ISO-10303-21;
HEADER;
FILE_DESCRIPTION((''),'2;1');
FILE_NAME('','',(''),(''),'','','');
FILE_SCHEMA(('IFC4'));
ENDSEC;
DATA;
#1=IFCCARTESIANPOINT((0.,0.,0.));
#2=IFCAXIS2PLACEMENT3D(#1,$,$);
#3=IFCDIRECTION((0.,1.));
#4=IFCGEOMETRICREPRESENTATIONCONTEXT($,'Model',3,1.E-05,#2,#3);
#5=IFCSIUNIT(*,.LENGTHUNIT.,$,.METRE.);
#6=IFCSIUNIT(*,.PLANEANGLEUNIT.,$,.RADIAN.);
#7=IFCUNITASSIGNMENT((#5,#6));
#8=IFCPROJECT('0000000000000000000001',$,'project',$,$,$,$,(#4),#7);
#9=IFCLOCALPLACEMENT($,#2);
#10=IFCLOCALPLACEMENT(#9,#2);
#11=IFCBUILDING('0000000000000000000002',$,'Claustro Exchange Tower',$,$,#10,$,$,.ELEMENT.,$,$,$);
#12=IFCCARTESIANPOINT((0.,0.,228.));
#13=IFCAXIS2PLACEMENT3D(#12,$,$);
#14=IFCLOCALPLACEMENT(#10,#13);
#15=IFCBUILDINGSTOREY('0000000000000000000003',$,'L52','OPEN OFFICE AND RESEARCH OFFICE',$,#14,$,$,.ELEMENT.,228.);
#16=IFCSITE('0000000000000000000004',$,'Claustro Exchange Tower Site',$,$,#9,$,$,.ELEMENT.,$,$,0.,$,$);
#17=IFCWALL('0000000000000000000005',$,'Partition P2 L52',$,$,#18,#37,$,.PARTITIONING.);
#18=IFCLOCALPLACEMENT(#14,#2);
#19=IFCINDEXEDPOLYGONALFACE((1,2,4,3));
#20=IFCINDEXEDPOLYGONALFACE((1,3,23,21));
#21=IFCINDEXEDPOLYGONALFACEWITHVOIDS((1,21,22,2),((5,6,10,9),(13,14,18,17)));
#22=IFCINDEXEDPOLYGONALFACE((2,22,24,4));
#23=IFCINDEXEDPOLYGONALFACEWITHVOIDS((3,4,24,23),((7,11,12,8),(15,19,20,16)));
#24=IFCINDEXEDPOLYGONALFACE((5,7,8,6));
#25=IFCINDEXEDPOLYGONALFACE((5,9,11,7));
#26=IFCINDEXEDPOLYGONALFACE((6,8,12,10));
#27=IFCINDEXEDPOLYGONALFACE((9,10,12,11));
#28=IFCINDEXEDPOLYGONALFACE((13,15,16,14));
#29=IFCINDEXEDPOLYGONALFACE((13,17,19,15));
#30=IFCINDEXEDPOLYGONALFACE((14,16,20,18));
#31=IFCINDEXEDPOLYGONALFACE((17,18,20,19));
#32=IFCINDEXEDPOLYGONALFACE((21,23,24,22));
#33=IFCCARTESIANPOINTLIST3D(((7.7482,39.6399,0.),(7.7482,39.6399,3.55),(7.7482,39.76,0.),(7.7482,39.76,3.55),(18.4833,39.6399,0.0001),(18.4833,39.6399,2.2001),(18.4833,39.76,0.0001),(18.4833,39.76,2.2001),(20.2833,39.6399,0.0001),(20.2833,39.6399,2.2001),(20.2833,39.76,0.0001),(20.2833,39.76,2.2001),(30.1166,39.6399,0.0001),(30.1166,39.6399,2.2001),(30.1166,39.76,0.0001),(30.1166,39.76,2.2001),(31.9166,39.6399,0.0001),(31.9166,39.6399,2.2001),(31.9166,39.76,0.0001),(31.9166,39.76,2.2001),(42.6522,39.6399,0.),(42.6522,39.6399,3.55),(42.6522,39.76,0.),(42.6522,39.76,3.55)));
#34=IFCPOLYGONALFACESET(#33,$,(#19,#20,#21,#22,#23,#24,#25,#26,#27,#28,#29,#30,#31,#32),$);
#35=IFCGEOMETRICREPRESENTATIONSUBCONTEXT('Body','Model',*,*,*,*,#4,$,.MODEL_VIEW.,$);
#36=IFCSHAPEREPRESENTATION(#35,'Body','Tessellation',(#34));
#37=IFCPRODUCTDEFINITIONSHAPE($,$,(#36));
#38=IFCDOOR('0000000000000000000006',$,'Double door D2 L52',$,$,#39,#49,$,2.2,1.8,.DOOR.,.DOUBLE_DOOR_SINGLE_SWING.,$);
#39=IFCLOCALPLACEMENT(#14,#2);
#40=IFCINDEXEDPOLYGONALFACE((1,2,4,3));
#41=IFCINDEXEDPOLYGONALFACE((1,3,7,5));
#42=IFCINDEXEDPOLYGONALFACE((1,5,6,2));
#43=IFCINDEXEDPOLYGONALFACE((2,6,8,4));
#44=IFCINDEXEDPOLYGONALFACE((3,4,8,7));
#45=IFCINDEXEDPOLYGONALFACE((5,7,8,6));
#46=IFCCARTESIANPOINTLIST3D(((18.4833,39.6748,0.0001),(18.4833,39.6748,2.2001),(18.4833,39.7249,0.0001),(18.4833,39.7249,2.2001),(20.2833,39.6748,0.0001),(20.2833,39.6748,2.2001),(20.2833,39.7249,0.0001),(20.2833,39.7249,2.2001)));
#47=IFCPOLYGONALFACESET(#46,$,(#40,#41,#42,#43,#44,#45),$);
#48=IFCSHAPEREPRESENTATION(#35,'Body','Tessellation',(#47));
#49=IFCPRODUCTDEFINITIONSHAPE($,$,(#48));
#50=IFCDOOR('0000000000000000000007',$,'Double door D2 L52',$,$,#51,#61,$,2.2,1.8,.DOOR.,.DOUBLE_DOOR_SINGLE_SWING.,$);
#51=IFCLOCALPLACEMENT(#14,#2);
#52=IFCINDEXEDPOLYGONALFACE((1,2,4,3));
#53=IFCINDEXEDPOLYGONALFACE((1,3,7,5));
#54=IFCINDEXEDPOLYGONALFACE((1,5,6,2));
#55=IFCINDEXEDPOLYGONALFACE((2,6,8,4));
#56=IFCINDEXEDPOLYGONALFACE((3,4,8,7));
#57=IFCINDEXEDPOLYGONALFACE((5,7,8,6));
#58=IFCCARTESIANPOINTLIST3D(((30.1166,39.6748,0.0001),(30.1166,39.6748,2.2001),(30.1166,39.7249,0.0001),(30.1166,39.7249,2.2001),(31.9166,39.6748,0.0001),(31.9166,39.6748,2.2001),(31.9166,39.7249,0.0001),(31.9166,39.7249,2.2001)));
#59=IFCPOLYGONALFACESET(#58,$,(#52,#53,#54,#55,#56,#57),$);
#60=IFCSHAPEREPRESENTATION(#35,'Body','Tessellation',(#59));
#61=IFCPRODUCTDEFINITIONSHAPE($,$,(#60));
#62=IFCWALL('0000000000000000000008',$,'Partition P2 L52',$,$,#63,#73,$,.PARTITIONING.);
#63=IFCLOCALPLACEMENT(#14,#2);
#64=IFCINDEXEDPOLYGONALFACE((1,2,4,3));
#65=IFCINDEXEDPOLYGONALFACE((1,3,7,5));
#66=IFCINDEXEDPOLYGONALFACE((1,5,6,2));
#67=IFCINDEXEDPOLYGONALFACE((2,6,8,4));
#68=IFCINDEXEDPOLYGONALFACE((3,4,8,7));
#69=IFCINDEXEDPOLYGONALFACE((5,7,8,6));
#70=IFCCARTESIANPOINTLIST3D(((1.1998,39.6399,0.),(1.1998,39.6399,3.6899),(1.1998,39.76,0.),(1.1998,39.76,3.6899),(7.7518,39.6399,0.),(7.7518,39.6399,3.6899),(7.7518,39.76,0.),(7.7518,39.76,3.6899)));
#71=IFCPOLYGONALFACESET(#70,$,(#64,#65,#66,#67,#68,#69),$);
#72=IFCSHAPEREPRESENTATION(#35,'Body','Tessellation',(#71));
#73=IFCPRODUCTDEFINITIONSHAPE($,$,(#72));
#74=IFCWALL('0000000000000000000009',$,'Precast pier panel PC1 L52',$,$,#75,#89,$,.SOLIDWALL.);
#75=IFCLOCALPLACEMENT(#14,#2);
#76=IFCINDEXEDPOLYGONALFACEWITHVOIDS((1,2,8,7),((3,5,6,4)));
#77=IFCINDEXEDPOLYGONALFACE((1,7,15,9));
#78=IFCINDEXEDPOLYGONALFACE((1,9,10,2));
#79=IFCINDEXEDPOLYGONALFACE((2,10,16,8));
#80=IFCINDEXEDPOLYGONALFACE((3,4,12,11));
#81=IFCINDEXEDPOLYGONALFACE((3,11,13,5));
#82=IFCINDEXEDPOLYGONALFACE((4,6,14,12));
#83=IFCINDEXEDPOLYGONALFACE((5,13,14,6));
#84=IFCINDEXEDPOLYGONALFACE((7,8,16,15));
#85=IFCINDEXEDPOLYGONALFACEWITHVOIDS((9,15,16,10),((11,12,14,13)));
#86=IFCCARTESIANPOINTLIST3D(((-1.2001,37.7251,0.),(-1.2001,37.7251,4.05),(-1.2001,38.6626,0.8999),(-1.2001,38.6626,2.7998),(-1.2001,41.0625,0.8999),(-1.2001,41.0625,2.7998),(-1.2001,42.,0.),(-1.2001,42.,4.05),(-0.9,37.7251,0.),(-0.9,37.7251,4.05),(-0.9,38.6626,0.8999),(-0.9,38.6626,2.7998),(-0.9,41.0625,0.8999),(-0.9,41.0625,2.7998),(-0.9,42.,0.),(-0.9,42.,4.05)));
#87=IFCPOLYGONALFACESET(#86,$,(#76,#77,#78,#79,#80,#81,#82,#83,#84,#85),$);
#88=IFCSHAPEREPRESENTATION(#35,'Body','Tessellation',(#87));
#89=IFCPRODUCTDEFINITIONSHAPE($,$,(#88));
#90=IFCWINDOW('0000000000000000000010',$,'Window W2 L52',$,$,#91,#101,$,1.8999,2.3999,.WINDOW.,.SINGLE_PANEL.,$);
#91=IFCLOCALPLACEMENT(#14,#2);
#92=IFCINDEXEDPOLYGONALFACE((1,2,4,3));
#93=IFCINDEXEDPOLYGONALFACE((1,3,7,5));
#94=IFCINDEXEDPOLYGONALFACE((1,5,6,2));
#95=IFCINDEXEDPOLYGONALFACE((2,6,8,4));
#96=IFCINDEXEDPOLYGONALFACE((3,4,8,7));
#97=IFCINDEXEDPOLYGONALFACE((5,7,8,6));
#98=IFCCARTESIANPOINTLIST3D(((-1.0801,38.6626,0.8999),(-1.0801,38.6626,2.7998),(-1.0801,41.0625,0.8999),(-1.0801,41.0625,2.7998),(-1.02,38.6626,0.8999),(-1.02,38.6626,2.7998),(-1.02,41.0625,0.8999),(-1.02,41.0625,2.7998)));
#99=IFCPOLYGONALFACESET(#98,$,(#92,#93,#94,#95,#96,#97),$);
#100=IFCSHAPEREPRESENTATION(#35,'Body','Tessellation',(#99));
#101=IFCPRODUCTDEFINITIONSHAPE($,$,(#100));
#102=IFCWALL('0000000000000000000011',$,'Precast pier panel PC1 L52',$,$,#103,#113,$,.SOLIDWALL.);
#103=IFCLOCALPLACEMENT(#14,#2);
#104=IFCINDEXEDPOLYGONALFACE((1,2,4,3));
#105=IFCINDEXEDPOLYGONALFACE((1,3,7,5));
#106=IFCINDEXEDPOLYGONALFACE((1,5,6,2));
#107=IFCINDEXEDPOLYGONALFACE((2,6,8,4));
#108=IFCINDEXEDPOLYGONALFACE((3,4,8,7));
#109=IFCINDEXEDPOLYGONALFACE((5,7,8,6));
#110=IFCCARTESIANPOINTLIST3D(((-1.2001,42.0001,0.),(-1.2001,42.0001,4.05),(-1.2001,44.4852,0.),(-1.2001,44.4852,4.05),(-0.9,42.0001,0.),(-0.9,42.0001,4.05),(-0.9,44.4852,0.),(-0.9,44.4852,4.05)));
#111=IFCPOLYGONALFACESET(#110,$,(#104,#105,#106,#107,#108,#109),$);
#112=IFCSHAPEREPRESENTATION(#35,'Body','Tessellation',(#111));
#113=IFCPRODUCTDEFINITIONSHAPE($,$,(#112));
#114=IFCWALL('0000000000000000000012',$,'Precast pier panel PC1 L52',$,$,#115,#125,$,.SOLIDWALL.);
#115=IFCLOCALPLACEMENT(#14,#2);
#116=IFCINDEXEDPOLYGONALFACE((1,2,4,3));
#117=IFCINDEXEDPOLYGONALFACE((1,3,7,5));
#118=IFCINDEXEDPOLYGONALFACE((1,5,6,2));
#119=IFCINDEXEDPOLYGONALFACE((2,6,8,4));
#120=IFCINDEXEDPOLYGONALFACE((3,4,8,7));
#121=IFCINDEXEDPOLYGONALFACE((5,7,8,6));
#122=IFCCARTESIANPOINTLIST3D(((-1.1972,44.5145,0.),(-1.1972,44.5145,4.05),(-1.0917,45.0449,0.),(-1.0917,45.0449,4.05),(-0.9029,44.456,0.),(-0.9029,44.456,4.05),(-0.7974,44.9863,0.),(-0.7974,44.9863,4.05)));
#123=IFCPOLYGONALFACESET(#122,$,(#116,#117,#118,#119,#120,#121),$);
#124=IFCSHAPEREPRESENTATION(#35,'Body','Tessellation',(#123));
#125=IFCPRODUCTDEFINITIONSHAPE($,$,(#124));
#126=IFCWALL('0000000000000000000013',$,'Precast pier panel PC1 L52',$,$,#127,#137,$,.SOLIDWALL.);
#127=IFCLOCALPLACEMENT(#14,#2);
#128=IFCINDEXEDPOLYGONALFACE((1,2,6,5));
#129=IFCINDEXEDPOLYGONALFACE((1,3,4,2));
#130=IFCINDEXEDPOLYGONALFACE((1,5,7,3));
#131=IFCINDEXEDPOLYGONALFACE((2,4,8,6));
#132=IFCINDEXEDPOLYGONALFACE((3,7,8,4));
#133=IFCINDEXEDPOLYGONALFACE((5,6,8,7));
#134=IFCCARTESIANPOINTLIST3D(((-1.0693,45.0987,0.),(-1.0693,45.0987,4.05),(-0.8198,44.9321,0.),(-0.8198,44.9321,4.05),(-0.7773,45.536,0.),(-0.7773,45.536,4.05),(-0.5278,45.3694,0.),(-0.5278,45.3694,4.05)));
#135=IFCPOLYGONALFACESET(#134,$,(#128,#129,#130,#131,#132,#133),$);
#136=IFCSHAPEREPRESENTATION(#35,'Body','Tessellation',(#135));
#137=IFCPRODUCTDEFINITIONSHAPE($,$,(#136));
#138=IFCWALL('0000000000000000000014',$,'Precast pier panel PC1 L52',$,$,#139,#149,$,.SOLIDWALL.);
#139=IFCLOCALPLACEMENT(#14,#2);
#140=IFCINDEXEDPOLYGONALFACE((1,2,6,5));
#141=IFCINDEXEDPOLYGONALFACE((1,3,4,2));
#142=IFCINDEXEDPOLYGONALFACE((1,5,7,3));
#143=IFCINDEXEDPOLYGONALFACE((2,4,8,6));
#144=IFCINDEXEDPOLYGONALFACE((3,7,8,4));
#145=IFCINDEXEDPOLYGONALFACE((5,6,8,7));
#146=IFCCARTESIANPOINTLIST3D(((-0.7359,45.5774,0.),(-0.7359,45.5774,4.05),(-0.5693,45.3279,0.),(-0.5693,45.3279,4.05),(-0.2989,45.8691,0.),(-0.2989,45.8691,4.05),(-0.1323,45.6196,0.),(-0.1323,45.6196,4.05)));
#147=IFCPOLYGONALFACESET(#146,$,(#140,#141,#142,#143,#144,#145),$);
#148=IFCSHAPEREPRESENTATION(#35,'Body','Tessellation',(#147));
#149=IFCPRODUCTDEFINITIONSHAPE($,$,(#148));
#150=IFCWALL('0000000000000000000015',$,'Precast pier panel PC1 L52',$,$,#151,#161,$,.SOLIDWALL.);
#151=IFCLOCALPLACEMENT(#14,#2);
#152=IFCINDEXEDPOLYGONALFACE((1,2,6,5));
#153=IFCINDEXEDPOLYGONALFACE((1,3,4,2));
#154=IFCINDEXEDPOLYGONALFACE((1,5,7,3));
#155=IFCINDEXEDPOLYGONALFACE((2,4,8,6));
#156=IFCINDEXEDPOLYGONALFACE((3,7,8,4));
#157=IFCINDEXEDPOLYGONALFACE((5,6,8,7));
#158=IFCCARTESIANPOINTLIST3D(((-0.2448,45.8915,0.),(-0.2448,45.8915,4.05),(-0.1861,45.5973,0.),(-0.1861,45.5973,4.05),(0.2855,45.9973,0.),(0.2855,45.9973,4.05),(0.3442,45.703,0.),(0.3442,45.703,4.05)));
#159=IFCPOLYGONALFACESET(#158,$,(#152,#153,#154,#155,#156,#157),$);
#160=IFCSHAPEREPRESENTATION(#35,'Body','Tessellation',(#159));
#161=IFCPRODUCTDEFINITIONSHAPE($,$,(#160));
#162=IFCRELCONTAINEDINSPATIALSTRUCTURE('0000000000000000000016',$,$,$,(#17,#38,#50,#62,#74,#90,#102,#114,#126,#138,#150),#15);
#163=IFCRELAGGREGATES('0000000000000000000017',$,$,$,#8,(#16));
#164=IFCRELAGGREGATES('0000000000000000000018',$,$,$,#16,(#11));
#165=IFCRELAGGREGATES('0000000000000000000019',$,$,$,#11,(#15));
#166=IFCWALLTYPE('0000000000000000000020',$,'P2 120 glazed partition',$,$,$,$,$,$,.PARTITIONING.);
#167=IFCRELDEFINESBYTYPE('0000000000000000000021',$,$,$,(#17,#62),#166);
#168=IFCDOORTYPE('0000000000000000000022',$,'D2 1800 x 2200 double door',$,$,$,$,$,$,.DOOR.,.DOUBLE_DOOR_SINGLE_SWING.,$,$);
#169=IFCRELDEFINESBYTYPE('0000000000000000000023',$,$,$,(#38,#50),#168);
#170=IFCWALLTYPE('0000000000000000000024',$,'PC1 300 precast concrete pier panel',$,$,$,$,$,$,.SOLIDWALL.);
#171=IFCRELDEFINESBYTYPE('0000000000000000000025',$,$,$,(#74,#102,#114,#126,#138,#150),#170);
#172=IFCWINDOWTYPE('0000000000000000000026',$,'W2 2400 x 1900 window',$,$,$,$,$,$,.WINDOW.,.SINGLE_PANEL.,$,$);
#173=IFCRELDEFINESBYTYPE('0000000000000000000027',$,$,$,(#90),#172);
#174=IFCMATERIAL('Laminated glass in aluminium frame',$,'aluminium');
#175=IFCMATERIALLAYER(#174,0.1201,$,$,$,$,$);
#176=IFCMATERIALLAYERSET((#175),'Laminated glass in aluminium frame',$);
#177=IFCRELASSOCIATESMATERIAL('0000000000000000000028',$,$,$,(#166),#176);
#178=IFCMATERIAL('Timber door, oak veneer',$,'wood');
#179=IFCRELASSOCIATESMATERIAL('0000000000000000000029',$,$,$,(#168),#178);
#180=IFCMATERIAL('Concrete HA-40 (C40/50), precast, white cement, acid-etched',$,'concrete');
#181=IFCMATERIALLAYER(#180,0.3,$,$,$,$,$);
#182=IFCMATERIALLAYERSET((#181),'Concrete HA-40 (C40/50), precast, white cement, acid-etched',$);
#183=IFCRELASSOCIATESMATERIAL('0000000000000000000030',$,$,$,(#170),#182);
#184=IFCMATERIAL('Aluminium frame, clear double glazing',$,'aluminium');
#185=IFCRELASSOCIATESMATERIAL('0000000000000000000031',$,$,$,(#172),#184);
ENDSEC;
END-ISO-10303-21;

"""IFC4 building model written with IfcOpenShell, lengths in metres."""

from ifc_helpers import new_model, si_unit, direction, frame, frame_2d, origin, place, context, subcontext, project, spatial, rectangle, extrude, material, layer, layer_set, type_object, element, fill, save


model = new_model("IFC4")

# Units and contexts
model_context = context("Model", 3, precision=1e-05, world=origin(), true_north=direction((0.0, 1.0)))
body_context = subcontext(model_context, "Body", "Model", "MODEL_VIEW")
ifc_project = project(units=[si_unit("LENGTHUNIT", "METRE"), si_unit("PLANEANGLEUNIT", "RADIAN")], contexts=[model_context])

# Site, building, storey
site_placement = place(None, origin())
site = spatial("IfcSite", under=ifc_project, at=site_placement, Name="Claustro Exchange Tower Site", CompositionType="ELEMENT", RefElevation=0.0)
building_placement = place(site_placement, origin())
building = spatial("IfcBuilding", under=site, at=building_placement, Name="Claustro Exchange Tower", CompositionType="ELEMENT")
storey_placement = place(building_placement, frame((0.0, 0.0, 228.0)))
storey = spatial("IfcBuildingStorey", under=building, at=storey_placement, Name="L52", Description="OPEN OFFICE AND RESEARCH OFFICE", CompositionType="ELEMENT", Elevation=228.0)

# Wall, openings, doors
ifc_material_1 = material(Name="Laminated glass in aluminium frame", Category="aluminium")
ifc_layer_1 = layer(ifc_material_1, 0.1201)
ifc_layer_set_1 = layer_set([ifc_layer_1], Name="Laminated glass in aluminium frame")
wall_type_1 = type_object("IfcWallType", Name="P2 120 glazed partition", PredefinedType="PARTITIONING", material=ifc_layer_set_1)
wall_1_placement = place(storey_placement, frame((7.748, 39.7, 0.0), z_axis=(0.0, 0.0, 1.0), x_axis=(1.0, 0.0, 0.0)))
wall_1 = element("IfcWall", 1, at=wall_1_placement, inside=storey, type_object=wall_type_1, Name="Partition P2 L52", PredefinedType="PARTITIONING", context=body_context, shape_type="SweptSolid", body=[
    extrude(rectangle(XDim=34.9041, YDim=0.1201, at=frame_2d((17.4521, 0.0))), origin(), (0.0, 0.0, 1.0), 3.55),
])
opening_1_placement = place(wall_1_placement, frame((10.7354, 0.0, 0.0)))
opening_1 = element("IfcOpeningElement", 2, at=opening_1_placement, cuts=wall_1, PredefinedType="OPENING", context=body_context, shape_type="SweptSolid", body=[
    extrude(rectangle(XDim=1.8, YDim=2.2, at=frame_2d((0.8999, 1.1001))), frame((0.0, 0.0701, 0.0), z_axis=(0.0, -1.0, 0.0), x_axis=(1.0, 0.0, 0.0)), (0.0, 0.0, 1.0), 0.1401),
])
opening_2_placement = place(wall_1_placement, frame((22.3687, 0.0, 0.0)))
opening_2 = element("IfcOpeningElement", 3, at=opening_2_placement, cuts=wall_1, PredefinedType="OPENING", context=body_context, shape_type="SweptSolid", body=[
    extrude(rectangle(XDim=1.8, YDim=2.2, at=frame_2d((0.8999, 1.1001))), frame((0.0, 0.0701, 0.0), z_axis=(0.0, -1.0, 0.0), x_axis=(1.0, 0.0, 0.0)), (0.0, 0.0, 1.0), 0.1401),
])
ifc_material_2 = material(Name="Timber door, oak veneer", Category="wood")
door_type_1 = type_object("IfcDoorType", Name="D2 1800 x 2200 double door", OperationType="DOUBLE_DOOR_SINGLE_SWING", PredefinedType="DOOR", material=ifc_material_2)
door_1_placement = place(opening_1_placement, origin())
door_1 = element("IfcDoor", 4, at=door_1_placement, inside=storey, type_object=door_type_1, Name="Double door D2 L52", OperationType="DOUBLE_DOOR_SINGLE_SWING", OverallHeight=2.2, OverallWidth=1.8, PredefinedType="DOOR", context=body_context, shape_type="SweptSolid", body=[
    extrude(rectangle(XDim=1.8, YDim=2.2, at=frame_2d((0.8999, 1.1001))), frame((0.0, 0.0249, 0.0), z_axis=(0.0, -1.0, 0.0), x_axis=(1.0, 0.0, 0.0)), (0.0, 0.0, 1.0), 0.05),
])
fill(opening_1, door_1)
door_2_placement = place(opening_2_placement, origin())
door_2 = element("IfcDoor", 5, at=door_2_placement, inside=storey, type_object=door_type_1, Name="Double door D2 L52", OperationType="DOUBLE_DOOR_SINGLE_SWING", OverallHeight=2.2, OverallWidth=1.8, PredefinedType="DOOR", context=body_context, shape_type="SweptSolid", body=[
    extrude(rectangle(XDim=1.8, YDim=2.2, at=frame_2d((0.8999, 1.1001))), frame((0.0, 0.0249, 0.0), z_axis=(0.0, -1.0, 0.0), x_axis=(1.0, 0.0, 0.0)), (0.0, 0.0, 1.0), 0.05),
])
fill(opening_2, door_2)

# Wall
wall_2_placement = place(storey_placement, frame((1.2, 39.7, 0.0), z_axis=(0.0, 0.0, 1.0), x_axis=(1.0, 0.0, 0.0)))
element("IfcWall", 6, at=wall_2_placement, inside=storey, type_object=wall_type_1, Name="Partition P2 L52", PredefinedType="PARTITIONING", context=body_context, shape_type="SweptSolid", body=[
    extrude(rectangle(XDim=6.552, YDim=0.1201, at=frame_2d((3.2759, 0.0))), origin(), (0.0, 0.0, 1.0), 3.6899),
])

# Wall, opening, window
ifc_material_3 = material(Name="Concrete HA-40 (C40/50), precast, white cement, acid-etched", Category="concrete")
ifc_layer_2 = layer(ifc_material_3, 0.3)
ifc_layer_set_2 = layer_set([ifc_layer_2], Name="Concrete HA-40 (C40/50), precast, white cement, acid-etched")
wall_type_2 = type_object("IfcWallType", Name="PC1 300 precast concrete pier panel", PredefinedType="SOLIDWALL", material=ifc_layer_set_2)
wall_3_placement = place(storey_placement, frame((-1.05, 37.7251, 0.0), z_axis=(0.0, 0.0, 1.0), x_axis=(0.0, 1.0, 0.0)))
wall_3 = element("IfcWall", 7, at=wall_3_placement, inside=storey, type_object=wall_type_2, Name="Precast pier panel PC1 L52", PredefinedType="SOLIDWALL", context=body_context, shape_type="SweptSolid", body=[
    extrude(rectangle(XDim=4.2749, YDim=0.3, at=frame_2d((2.1375, 0.0))), origin(), (0.0, 0.0, 1.0), 4.05),
])
opening_3_placement = place(wall_3_placement, frame((0.9375, 0.0, 0.8999)))
opening_3 = element("IfcOpeningElement", 8, at=opening_3_placement, cuts=wall_3, PredefinedType="OPENING", context=body_context, shape_type="SweptSolid", body=[
    extrude(rectangle(XDim=2.3999, YDim=1.8999, at=frame_2d((1.2, 0.95))), frame((0.0, 0.1599, 0.0), z_axis=(0.0, -1.0, 0.0), x_axis=(1.0, 0.0, 0.0)), (0.0, 0.0, 1.0), 0.3201),
])
ifc_material_4 = material(Name="Aluminium frame, clear double glazing", Category="aluminium")
window_type_1 = type_object("IfcWindowType", Name="W2 2400 x 1900 window", PartitioningType="SINGLE_PANEL", PredefinedType="WINDOW", material=ifc_material_4)
window_1_placement = place(opening_3_placement, origin())
window_1 = element("IfcWindow", 9, at=window_1_placement, inside=storey, type_object=window_type_1, Name="Window W2 L52", OverallHeight=1.8999, OverallWidth=2.3999, PartitioningType="SINGLE_PANEL", PredefinedType="WINDOW", context=body_context, shape_type="SweptSolid", body=[
    extrude(rectangle(XDim=2.3999, YDim=1.8999, at=frame_2d((1.2, 0.95))), frame((0.0, 0.03, 0.0), z_axis=(0.0, -1.0, 0.0), x_axis=(1.0, 0.0, 0.0)), (0.0, 0.0, 1.0), 0.0601),
])
fill(opening_3, window_1)

# Walls
wall_4_placement = place(storey_placement, frame((-1.05, 42.0, 0.0), z_axis=(0.0, 0.0, 1.0), x_axis=(0.0, 1.0, 0.0)))
element("IfcWall", 10, at=wall_4_placement, inside=storey, type_object=wall_type_2, Name="Precast pier panel PC1 L52", PredefinedType="SOLIDWALL", context=body_context, shape_type="SweptSolid", body=[
    extrude(rectangle(XDim=2.4851, YDim=0.3, at=frame_2d((1.2427, 0.0))), origin(), (0.0, 0.0, 1.0), 4.05),
])
wall_5_placement = place(storey_placement, frame((-1.05, 44.4851, 0.0), z_axis=(0.0, 0.0, 1.0), x_axis=(0.195074, 0.980789, 0.0)))
element("IfcWall", 11, at=wall_5_placement, inside=storey, type_object=wall_type_2, Name="Precast pier panel PC1 L52", PredefinedType="SOLIDWALL", context=body_context, shape_type="SweptSolid", body=[
    extrude(rectangle(XDim=0.5408, YDim=0.3, at=frame_2d((0.2705, 0.0))), origin(), (0.0, 0.0, 1.0), 4.05),
])
wall_6_placement = place(storey_placement, frame((-0.9446, 45.0154, 0.0), z_axis=(0.0, 0.0, 1.0), x_axis=(0.555343, 0.831621, 0.0)))
element("IfcWall", 12, at=wall_6_placement, inside=storey, type_object=wall_type_2, Name="Precast pier panel PC1 L52", PredefinedType="SOLIDWALL", context=body_context, shape_type="SweptSolid", body=[
    extrude(rectangle(XDim=0.5259, YDim=0.3, at=frame_2d((0.2629, 0.0))), origin(), (0.0, 0.0, 1.0), 4.05),
])
wall_7_placement = place(storey_placement, frame((-0.6526, 45.4526, 0.0), z_axis=(0.0, 0.0, 1.0), x_axis=(0.831693, 0.555236, 0.0)))
element("IfcWall", 13, at=wall_7_placement, inside=storey, type_object=wall_type_2, Name="Precast pier panel PC1 L52", PredefinedType="SOLIDWALL", context=body_context, shape_type="SweptSolid", body=[
    extrude(rectangle(XDim=0.5254, YDim=0.3, at=frame_2d((0.2627, 0.0))), origin(), (0.0, 0.0, 1.0), 4.05),
])
wall_8_placement = place(storey_placement, frame((-0.2156, 45.7444, 0.0), z_axis=(0.0, 0.0, 1.0), x_axis=(0.980702, 0.195508, 0.0)))
element("IfcWall", 14, at=wall_8_placement, inside=storey, type_object=wall_type_2, Name="Precast pier panel PC1 L52", PredefinedType="SOLIDWALL", context=body_context, shape_type="SweptSolid", body=[
    extrude(rectangle(XDim=0.5408, YDim=0.3, at=frame_2d((0.2705, 0.0))), origin(), (0.0, 0.0, 1.0), 4.05),
])

save(model, "model.ifc")
